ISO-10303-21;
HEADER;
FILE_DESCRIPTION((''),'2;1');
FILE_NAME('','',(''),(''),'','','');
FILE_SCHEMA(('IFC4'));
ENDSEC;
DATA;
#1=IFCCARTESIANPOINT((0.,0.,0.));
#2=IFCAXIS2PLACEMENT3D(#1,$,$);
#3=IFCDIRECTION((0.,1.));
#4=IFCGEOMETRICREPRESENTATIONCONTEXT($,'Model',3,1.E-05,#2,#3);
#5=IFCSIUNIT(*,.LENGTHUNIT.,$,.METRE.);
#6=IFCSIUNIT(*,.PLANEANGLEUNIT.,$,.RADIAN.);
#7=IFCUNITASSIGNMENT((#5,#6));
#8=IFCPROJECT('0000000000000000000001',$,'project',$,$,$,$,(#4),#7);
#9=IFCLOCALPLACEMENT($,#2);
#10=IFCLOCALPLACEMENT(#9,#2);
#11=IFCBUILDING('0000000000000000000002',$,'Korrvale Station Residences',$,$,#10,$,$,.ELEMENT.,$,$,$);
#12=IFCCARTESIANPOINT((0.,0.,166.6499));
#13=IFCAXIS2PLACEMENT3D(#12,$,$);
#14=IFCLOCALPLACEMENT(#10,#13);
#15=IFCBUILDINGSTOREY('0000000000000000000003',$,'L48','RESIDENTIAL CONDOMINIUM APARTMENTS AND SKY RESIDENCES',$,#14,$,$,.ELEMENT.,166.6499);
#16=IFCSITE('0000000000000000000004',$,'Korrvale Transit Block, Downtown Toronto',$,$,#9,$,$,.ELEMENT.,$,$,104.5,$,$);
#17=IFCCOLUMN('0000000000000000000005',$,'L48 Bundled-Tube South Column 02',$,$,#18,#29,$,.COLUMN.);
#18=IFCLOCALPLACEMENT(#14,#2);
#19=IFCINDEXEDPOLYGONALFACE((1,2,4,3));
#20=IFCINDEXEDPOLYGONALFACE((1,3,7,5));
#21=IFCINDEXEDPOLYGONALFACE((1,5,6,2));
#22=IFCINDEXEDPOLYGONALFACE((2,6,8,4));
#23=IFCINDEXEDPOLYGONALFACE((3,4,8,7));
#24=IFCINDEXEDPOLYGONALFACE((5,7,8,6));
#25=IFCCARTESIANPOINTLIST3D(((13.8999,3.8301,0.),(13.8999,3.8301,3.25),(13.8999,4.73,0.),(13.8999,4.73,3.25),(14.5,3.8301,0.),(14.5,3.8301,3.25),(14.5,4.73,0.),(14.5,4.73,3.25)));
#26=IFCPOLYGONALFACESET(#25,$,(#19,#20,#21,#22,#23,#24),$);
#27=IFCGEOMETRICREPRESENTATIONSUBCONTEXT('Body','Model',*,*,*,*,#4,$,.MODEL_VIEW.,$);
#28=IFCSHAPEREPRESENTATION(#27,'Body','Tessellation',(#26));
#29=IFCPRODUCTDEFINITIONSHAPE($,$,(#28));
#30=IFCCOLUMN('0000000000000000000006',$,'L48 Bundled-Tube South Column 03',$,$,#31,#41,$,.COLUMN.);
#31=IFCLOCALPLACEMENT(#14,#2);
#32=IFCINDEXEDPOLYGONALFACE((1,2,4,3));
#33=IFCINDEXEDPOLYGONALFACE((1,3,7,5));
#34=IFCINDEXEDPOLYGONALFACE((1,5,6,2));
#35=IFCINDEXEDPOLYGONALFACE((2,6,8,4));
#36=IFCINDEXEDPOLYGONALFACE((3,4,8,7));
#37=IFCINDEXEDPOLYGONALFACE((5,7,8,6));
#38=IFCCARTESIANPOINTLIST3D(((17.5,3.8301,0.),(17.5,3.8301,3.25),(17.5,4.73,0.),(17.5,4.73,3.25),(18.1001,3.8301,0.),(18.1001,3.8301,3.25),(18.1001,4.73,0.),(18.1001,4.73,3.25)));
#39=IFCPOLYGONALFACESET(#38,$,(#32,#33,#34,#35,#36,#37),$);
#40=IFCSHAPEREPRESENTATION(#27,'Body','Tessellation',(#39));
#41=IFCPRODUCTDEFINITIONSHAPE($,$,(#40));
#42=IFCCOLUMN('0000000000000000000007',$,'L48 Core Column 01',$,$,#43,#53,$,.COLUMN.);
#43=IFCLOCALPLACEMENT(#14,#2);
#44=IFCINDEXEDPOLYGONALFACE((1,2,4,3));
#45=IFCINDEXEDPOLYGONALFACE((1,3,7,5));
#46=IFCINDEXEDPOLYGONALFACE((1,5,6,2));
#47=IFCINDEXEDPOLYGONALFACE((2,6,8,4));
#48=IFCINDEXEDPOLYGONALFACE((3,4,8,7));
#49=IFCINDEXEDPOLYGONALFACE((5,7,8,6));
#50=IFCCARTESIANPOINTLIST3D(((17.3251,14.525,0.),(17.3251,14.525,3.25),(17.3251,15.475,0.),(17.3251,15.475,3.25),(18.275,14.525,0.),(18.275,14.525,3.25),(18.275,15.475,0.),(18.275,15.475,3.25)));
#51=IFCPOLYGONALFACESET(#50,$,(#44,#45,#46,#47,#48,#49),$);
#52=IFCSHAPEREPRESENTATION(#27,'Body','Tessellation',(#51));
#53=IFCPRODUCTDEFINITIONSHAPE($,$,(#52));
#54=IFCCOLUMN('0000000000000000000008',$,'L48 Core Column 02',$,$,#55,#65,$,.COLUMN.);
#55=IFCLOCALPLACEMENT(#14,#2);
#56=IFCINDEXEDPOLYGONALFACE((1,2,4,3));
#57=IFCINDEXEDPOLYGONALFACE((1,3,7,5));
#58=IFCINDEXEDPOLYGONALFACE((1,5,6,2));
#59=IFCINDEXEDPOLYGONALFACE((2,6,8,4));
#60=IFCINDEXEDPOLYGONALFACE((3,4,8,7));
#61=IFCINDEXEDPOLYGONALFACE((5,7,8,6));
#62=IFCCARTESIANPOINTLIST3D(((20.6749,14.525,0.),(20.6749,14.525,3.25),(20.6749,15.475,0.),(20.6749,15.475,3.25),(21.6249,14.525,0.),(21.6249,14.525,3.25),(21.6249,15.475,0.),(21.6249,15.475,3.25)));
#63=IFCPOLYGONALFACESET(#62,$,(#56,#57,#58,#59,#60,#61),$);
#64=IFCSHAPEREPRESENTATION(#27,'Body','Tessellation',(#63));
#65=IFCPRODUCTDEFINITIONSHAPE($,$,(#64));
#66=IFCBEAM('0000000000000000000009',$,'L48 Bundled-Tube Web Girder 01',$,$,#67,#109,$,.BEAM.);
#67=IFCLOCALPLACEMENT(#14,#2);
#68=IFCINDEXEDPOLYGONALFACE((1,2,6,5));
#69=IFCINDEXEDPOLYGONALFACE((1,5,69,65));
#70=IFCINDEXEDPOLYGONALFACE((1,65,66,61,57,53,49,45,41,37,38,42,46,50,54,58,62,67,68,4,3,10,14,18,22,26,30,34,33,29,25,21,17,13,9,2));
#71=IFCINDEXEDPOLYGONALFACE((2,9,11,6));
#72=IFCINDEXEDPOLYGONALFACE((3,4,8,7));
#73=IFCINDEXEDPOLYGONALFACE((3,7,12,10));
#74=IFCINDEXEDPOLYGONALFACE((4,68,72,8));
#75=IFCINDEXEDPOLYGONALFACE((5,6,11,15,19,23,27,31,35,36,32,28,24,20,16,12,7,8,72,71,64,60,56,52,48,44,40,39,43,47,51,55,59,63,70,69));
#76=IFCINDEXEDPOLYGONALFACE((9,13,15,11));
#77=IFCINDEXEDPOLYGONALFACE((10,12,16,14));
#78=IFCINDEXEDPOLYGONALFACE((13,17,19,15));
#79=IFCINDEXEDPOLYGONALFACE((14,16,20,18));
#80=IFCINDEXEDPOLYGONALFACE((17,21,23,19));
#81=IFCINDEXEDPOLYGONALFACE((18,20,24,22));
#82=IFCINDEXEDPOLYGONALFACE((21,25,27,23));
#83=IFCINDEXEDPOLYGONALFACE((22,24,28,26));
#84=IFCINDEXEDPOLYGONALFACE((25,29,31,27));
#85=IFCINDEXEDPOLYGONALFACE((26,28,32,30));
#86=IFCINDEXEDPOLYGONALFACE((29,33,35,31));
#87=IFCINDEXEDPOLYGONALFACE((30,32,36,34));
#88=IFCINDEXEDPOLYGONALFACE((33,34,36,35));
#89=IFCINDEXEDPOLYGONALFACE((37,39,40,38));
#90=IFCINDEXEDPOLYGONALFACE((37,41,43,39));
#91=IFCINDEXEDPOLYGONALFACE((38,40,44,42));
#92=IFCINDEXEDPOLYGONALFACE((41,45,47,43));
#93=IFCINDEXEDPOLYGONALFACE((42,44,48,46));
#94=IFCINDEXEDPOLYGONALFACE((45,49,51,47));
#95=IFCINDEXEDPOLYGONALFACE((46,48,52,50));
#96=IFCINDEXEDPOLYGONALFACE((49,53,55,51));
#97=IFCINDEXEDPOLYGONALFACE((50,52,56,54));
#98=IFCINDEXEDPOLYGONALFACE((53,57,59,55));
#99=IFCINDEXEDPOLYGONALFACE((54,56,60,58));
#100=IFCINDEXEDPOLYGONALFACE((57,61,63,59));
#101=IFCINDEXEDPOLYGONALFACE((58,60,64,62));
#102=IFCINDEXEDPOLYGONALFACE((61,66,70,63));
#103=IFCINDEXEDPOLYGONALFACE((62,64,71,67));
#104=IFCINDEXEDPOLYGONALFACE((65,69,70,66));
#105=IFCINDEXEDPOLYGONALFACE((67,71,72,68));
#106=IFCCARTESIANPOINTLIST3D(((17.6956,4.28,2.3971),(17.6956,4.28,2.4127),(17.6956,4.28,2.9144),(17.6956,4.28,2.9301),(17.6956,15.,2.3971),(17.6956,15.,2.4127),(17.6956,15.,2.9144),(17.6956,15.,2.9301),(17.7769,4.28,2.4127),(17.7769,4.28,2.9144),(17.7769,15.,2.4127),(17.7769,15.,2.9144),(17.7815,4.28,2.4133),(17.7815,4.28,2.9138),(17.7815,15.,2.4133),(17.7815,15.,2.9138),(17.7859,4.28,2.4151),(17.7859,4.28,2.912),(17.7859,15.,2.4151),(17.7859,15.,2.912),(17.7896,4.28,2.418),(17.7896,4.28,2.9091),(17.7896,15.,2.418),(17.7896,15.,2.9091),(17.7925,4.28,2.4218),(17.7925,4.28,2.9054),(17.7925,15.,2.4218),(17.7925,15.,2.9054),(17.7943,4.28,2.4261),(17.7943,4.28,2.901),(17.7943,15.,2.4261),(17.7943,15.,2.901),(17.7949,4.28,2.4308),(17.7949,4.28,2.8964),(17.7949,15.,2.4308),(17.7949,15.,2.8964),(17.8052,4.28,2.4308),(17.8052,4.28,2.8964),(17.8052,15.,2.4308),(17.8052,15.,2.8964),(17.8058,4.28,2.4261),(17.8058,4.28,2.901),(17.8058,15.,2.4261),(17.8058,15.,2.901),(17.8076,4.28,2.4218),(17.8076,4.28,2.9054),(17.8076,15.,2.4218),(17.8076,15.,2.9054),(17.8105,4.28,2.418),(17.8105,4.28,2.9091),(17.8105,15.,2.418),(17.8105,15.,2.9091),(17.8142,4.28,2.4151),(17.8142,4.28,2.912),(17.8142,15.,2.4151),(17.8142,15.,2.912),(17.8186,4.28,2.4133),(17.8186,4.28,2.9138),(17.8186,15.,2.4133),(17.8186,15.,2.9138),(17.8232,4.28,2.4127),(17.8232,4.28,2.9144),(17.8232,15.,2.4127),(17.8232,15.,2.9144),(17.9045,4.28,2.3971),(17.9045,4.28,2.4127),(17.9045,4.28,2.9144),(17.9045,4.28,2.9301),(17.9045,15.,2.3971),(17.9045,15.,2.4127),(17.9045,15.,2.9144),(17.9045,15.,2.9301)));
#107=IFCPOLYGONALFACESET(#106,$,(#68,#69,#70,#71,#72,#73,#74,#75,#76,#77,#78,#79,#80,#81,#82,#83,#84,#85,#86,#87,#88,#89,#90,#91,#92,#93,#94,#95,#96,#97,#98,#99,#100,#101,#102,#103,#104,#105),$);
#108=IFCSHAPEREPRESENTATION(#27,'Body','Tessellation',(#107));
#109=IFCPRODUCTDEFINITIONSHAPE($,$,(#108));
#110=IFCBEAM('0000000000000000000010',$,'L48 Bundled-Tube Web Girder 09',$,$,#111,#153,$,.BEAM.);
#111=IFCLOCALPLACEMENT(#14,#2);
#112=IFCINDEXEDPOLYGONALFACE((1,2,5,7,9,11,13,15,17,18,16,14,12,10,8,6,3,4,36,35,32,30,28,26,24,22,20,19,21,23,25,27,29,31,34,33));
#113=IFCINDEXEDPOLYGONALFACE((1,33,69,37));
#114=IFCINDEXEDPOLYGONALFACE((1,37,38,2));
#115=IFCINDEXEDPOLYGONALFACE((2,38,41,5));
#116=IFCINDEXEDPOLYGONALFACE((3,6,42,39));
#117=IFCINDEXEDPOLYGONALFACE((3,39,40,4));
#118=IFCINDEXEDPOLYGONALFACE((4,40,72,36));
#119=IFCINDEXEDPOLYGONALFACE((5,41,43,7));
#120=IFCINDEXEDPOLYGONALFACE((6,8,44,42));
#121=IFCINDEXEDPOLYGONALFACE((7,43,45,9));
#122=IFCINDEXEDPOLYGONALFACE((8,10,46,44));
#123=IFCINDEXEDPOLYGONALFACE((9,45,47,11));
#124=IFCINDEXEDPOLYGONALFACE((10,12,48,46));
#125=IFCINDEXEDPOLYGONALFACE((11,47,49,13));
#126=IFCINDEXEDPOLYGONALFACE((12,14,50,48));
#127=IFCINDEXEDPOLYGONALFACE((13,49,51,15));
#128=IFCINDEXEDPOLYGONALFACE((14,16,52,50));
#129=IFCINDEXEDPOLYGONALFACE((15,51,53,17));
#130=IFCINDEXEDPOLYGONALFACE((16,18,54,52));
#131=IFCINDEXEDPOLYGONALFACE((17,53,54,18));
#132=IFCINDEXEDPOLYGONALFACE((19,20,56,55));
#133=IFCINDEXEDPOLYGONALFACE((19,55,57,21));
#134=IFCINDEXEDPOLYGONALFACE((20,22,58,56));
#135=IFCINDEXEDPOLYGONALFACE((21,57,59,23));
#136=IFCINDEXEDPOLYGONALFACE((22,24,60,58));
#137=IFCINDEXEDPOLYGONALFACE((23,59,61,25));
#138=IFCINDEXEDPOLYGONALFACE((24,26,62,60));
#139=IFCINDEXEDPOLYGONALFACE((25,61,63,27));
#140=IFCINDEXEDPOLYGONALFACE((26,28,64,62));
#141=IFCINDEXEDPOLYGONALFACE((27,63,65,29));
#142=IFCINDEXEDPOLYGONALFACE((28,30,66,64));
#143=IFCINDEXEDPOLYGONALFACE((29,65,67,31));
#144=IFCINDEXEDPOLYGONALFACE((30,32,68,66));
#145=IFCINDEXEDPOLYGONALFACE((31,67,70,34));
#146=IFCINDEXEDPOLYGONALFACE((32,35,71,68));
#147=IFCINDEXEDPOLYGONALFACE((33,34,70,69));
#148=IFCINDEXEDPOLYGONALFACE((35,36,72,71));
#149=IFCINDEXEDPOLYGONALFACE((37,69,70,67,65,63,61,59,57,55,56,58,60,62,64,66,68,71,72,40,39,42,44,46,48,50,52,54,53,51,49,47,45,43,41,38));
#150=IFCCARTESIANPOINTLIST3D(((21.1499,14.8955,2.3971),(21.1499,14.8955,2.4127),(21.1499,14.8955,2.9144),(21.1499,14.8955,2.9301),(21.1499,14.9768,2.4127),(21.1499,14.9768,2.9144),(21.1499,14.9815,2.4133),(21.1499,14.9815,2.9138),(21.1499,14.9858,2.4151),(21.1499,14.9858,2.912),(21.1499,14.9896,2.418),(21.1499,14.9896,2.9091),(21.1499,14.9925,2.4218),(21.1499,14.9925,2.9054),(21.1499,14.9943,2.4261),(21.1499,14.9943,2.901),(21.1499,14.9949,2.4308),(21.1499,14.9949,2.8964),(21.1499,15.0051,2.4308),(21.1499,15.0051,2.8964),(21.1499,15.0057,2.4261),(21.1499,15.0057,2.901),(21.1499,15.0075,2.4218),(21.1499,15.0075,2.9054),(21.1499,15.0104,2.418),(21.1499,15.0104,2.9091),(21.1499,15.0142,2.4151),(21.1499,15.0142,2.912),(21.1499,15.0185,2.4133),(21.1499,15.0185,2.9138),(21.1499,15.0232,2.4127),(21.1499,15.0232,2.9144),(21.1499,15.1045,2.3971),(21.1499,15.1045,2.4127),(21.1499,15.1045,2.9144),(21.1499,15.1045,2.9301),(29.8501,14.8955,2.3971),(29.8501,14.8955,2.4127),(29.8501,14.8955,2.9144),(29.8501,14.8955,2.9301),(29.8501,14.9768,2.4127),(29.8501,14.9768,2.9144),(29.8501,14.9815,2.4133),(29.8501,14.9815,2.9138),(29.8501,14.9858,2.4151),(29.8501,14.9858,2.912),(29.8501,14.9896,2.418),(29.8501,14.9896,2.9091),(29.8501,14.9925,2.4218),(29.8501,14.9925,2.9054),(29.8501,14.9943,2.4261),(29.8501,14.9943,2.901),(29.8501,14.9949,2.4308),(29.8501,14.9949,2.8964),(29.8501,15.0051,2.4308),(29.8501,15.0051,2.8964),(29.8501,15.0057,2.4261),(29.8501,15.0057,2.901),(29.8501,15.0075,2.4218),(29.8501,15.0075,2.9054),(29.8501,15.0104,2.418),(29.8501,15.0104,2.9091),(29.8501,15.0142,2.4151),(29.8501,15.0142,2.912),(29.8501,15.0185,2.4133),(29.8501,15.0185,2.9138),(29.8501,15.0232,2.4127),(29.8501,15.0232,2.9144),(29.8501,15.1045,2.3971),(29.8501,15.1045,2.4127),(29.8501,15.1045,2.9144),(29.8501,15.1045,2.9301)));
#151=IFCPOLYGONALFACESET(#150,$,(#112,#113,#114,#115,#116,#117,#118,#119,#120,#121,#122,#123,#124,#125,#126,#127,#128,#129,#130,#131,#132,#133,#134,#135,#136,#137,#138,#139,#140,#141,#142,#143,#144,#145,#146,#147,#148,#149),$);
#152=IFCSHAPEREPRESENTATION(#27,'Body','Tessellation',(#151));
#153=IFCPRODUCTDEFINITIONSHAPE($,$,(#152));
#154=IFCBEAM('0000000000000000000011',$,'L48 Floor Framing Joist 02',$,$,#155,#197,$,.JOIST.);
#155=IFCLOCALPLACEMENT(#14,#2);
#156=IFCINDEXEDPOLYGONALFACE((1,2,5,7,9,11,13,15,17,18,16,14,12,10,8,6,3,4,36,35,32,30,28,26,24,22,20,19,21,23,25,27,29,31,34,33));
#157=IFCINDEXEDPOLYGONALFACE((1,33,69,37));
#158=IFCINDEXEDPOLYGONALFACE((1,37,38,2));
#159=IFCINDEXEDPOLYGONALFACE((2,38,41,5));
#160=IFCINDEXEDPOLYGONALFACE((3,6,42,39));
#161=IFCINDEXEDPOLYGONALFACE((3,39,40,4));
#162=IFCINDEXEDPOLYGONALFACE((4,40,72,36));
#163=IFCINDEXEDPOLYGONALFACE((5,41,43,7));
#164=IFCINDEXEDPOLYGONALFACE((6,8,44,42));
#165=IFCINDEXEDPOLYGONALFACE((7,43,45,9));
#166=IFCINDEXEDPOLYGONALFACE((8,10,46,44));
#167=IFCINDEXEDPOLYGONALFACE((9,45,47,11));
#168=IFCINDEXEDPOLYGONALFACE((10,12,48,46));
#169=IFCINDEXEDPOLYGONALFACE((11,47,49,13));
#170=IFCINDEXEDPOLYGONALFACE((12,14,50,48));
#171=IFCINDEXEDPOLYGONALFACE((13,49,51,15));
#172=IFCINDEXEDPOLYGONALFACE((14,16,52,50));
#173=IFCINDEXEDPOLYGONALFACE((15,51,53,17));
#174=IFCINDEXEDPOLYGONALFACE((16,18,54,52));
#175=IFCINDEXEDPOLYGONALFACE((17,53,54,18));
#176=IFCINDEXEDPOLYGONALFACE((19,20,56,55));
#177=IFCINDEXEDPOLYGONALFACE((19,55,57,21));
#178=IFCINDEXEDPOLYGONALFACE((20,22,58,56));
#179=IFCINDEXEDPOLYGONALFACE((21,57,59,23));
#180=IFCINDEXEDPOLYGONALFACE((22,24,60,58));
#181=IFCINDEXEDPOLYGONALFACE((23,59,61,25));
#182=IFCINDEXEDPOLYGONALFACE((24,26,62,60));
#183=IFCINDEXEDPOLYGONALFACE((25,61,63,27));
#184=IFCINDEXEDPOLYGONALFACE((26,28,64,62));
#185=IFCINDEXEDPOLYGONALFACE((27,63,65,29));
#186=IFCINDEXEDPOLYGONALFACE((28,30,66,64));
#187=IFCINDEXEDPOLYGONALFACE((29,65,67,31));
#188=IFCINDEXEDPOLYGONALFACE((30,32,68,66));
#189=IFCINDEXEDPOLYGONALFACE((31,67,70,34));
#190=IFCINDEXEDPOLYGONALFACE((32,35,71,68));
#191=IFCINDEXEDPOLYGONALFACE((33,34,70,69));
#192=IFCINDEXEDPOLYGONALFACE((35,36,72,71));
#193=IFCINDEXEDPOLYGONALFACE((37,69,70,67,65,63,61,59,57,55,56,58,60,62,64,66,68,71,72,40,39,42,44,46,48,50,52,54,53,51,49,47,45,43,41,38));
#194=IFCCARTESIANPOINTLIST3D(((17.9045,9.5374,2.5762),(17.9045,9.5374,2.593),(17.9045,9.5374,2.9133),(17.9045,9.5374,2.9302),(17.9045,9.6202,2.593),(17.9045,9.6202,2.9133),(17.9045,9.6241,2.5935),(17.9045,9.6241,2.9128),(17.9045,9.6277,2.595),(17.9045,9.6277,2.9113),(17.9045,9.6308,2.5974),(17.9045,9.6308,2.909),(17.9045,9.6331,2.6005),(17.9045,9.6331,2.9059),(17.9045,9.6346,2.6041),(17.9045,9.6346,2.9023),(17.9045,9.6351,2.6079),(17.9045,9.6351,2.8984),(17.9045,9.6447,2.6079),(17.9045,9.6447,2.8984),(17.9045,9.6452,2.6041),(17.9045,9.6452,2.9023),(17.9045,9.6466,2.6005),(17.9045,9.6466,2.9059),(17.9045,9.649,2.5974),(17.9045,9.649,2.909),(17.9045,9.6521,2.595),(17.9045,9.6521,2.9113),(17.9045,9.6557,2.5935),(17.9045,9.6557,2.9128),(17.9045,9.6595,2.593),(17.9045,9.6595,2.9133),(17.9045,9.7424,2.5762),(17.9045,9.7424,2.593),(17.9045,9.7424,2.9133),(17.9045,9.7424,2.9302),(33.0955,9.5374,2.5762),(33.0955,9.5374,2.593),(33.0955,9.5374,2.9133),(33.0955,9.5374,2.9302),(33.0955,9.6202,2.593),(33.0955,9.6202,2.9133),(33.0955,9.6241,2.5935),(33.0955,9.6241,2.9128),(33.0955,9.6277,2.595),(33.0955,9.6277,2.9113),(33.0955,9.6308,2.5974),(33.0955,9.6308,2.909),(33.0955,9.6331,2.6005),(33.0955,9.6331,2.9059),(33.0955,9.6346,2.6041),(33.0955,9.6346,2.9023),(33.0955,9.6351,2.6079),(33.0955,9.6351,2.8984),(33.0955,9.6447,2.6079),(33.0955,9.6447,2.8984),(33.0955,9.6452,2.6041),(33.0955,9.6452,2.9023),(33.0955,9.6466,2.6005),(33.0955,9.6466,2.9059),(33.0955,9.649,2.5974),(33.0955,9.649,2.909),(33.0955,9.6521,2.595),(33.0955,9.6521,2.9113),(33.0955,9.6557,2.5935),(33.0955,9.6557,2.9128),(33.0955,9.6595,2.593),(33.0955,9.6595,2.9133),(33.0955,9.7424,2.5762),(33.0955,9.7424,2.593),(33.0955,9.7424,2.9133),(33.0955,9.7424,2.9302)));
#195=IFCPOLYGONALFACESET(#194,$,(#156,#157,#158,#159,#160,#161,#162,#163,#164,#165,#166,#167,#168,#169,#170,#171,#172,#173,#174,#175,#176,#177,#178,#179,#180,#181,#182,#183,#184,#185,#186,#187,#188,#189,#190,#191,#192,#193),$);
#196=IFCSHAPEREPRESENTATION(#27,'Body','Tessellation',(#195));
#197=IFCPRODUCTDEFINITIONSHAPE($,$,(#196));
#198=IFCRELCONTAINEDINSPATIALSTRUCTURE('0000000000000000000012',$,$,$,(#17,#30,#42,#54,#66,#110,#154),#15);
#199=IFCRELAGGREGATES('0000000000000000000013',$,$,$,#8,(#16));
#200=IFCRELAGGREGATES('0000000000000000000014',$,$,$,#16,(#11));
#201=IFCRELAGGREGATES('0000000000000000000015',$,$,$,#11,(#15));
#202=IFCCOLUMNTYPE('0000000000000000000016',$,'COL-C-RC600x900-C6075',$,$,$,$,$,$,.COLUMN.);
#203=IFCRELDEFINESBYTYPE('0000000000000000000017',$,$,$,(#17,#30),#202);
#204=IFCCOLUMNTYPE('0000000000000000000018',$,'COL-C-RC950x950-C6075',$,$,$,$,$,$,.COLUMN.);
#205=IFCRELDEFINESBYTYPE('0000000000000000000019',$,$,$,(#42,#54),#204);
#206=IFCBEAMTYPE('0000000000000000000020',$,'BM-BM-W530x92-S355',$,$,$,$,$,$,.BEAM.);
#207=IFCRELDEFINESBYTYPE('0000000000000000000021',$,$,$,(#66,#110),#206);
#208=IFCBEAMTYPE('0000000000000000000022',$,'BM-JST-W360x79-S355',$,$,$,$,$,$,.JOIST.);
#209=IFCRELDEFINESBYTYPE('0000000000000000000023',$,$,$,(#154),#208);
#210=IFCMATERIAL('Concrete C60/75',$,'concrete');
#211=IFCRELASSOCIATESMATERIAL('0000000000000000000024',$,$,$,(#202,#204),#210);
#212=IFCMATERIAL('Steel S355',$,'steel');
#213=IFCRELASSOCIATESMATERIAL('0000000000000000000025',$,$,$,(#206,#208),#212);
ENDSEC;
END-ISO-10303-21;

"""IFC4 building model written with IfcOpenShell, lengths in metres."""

from ifc_helpers import new_model, si_unit, direction, frame, origin, origin_2d, place, context, subcontext, project, spatial, rectangle, i_section, extrude, material, material_profile, profile_set, type_object, element, save


model = new_model("IFC4")

# Units and contexts
model_context = context("Model", 3, precision=1e-05, world=origin(), true_north=direction((0.0, 1.0)))
body_context = subcontext(model_context, "Body", "Model", "MODEL_VIEW")
ifc_project = project(units=[si_unit("LENGTHUNIT", "METRE"), si_unit("PLANEANGLEUNIT", "RADIAN")], contexts=[model_context])

# Site, building, storey
site_placement = place(None, origin())
site = spatial("IfcSite", under=ifc_project, at=site_placement, Name="Korrvale Transit Block, Downtown Toronto", CompositionType="ELEMENT", RefElevation=104.5)
building_placement = place(site_placement, origin())
building = spatial("IfcBuilding", under=site, at=building_placement, Name="Korrvale Station Residences", CompositionType="ELEMENT")
storey_placement = place(building_placement, frame((0.0, 0.0, 166.6499)))
storey = spatial("IfcBuildingStorey", under=building, at=storey_placement, Name="L48", Description="RESIDENTIAL CONDOMINIUM APARTMENTS AND SKY RESIDENCES", CompositionType="ELEMENT", Elevation=166.6499)

# Columns
ifc_material_1 = material(Name="Concrete C60/75", Category="concrete")
ifc_material_profile_1 = material_profile(ifc_material_1, rectangle(XDim=0.6001, YDim=0.8999, at=origin_2d()), Name="RC600x900")
ifc_profile_set_1 = profile_set([ifc_material_profile_1], Name="Concrete C60/75")
column_type_1 = type_object("IfcColumnType", Name="COL-C-RC600x900-C6075", PredefinedType="COLUMN", material=ifc_profile_set_1)
for number, where, z_axis, x_axis, name in (
    (1, (14.2, 4.28, 0.0), (0.0, 0.0, 1.0), (1.0, 0.0, 0.0), "L48 Bundled-Tube South Column 02"),
    (2, (17.8, 4.28, 0.0), (0.0, 0.0, 1.0), (1.0, 0.0, 0.0), "L48 Bundled-Tube South Column 03"),
):
    element("IfcColumn", number, at=place(storey_placement, frame(where, z_axis=z_axis, x_axis=x_axis)), inside=storey, type_object=column_type_1, Name=name, PredefinedType="COLUMN", context=body_context, shape_type="SweptSolid", body=[
        extrude(rectangle(XDim=0.6001, YDim=0.8999, at=origin_2d()), origin(), (0.0, 0.0, 1.0), 3.25),
    ])
ifc_material_profile_2 = material_profile(ifc_material_1, rectangle(XDim=0.95, YDim=0.95, at=origin_2d()), Name="RC950x950")
ifc_profile_set_2 = profile_set([ifc_material_profile_2], Name="Concrete C60/75")
column_type_2 = type_object("IfcColumnType", Name="COL-C-RC950x950-C6075", PredefinedType="COLUMN", material=ifc_profile_set_2)
for number, where, z_axis, x_axis, name in (
    (3, (17.8, 15.0, 0.0), (0.0, 0.0, 1.0), (1.0, 0.0, 0.0), "L48 Core Column 01"),
    (4, (21.1499, 15.0, 0.0), (0.0, 0.0, 1.0), (1.0, 0.0, 0.0), "L48 Core Column 02"),
):
    element("IfcColumn", number, at=place(storey_placement, frame(where, z_axis=z_axis, x_axis=x_axis)), inside=storey, type_object=column_type_2, Name=name, PredefinedType="COLUMN", context=body_context, shape_type="SweptSolid", body=[
        extrude(rectangle(XDim=0.95, YDim=0.95, at=origin_2d()), origin(), (0.0, 0.0, 1.0), 3.25),
    ])

# Beams
ifc_material_2 = material(Name="Steel S355", Category="steel")
ifc_material_profile_3 = material_profile(ifc_material_2, i_section(OverallWidth=0.209, OverallDepth=0.533, WebThickness=0.0103, FlangeThickness=0.0156, FilletRadius=0.0181, at=origin_2d()), Name="W530x92")
ifc_profile_set_3 = profile_set([ifc_material_profile_3], Name="Steel S355")
beam_type_1 = type_object("IfcBeamType", Name="BM-BM-W530x92-S355", PredefinedType="BEAM", material=ifc_profile_set_3)
beam_1_placement = place(storey_placement, frame((17.8, 4.28, 2.6636), z_axis=(0.0, 1.0, 0.0), x_axis=(-1.0, 0.0, 0.0)))
element("IfcBeam", 5, at=beam_1_placement, inside=storey, type_object=beam_type_1, Name="L48 Bundled-Tube Web Girder 01", PredefinedType="BEAM", context=body_context, shape_type="SweptSolid", body=[
    extrude(i_section(OverallWidth=0.209, OverallDepth=0.533, WebThickness=0.0103, FlangeThickness=0.0156, FilletRadius=0.0181, at=origin_2d()), origin(), (0.0, 0.0, 1.0), 10.72),
])
beam_2_placement = place(storey_placement, frame((21.1499, 15.0, 2.6636), z_axis=(1.0, 0.0, 0.0), x_axis=(0.0, 1.0, 0.0)))
element("IfcBeam", 6, at=beam_2_placement, inside=storey, type_object=beam_type_1, Name="L48 Bundled-Tube Web Girder 09", PredefinedType="BEAM", context=body_context, shape_type="SweptSolid", body=[
    extrude(i_section(OverallWidth=0.209, OverallDepth=0.533, WebThickness=0.0103, FlangeThickness=0.0156, FilletRadius=0.0181, at=origin_2d()), origin(), (0.0, 0.0, 1.0), 8.7002),
])
ifc_material_profile_4 = material_profile(ifc_material_2, i_section(OverallWidth=0.2051, OverallDepth=0.354, WebThickness=0.0095, FlangeThickness=0.0168, FilletRadius=0.0149, at=origin_2d()), Name="W360x79")
ifc_profile_set_4 = profile_set([ifc_material_profile_4], Name="Steel S355")
beam_type_2 = type_object("IfcBeamType", Name="BM-JST-W360x79-S355", PredefinedType="JOIST", material=ifc_profile_set_4)
beam_3_placement = place(storey_placement, frame((17.9045, 9.6399, 2.7532), z_axis=(1.0, 0.0, 0.0), x_axis=(0.0, 1.0, 0.0)))
element("IfcBeam", 7, at=beam_3_placement, inside=storey, type_object=beam_type_2, Name="L48 Floor Framing Joist 02", PredefinedType="JOIST", context=body_context, shape_type="SweptSolid", body=[
    extrude(i_section(OverallWidth=0.2051, OverallDepth=0.354, WebThickness=0.0095, FlangeThickness=0.0168, FilletRadius=0.0149, at=origin_2d()), origin(), (0.0, 0.0, 1.0), 15.1909),
])

save(model, "model.ifc")
